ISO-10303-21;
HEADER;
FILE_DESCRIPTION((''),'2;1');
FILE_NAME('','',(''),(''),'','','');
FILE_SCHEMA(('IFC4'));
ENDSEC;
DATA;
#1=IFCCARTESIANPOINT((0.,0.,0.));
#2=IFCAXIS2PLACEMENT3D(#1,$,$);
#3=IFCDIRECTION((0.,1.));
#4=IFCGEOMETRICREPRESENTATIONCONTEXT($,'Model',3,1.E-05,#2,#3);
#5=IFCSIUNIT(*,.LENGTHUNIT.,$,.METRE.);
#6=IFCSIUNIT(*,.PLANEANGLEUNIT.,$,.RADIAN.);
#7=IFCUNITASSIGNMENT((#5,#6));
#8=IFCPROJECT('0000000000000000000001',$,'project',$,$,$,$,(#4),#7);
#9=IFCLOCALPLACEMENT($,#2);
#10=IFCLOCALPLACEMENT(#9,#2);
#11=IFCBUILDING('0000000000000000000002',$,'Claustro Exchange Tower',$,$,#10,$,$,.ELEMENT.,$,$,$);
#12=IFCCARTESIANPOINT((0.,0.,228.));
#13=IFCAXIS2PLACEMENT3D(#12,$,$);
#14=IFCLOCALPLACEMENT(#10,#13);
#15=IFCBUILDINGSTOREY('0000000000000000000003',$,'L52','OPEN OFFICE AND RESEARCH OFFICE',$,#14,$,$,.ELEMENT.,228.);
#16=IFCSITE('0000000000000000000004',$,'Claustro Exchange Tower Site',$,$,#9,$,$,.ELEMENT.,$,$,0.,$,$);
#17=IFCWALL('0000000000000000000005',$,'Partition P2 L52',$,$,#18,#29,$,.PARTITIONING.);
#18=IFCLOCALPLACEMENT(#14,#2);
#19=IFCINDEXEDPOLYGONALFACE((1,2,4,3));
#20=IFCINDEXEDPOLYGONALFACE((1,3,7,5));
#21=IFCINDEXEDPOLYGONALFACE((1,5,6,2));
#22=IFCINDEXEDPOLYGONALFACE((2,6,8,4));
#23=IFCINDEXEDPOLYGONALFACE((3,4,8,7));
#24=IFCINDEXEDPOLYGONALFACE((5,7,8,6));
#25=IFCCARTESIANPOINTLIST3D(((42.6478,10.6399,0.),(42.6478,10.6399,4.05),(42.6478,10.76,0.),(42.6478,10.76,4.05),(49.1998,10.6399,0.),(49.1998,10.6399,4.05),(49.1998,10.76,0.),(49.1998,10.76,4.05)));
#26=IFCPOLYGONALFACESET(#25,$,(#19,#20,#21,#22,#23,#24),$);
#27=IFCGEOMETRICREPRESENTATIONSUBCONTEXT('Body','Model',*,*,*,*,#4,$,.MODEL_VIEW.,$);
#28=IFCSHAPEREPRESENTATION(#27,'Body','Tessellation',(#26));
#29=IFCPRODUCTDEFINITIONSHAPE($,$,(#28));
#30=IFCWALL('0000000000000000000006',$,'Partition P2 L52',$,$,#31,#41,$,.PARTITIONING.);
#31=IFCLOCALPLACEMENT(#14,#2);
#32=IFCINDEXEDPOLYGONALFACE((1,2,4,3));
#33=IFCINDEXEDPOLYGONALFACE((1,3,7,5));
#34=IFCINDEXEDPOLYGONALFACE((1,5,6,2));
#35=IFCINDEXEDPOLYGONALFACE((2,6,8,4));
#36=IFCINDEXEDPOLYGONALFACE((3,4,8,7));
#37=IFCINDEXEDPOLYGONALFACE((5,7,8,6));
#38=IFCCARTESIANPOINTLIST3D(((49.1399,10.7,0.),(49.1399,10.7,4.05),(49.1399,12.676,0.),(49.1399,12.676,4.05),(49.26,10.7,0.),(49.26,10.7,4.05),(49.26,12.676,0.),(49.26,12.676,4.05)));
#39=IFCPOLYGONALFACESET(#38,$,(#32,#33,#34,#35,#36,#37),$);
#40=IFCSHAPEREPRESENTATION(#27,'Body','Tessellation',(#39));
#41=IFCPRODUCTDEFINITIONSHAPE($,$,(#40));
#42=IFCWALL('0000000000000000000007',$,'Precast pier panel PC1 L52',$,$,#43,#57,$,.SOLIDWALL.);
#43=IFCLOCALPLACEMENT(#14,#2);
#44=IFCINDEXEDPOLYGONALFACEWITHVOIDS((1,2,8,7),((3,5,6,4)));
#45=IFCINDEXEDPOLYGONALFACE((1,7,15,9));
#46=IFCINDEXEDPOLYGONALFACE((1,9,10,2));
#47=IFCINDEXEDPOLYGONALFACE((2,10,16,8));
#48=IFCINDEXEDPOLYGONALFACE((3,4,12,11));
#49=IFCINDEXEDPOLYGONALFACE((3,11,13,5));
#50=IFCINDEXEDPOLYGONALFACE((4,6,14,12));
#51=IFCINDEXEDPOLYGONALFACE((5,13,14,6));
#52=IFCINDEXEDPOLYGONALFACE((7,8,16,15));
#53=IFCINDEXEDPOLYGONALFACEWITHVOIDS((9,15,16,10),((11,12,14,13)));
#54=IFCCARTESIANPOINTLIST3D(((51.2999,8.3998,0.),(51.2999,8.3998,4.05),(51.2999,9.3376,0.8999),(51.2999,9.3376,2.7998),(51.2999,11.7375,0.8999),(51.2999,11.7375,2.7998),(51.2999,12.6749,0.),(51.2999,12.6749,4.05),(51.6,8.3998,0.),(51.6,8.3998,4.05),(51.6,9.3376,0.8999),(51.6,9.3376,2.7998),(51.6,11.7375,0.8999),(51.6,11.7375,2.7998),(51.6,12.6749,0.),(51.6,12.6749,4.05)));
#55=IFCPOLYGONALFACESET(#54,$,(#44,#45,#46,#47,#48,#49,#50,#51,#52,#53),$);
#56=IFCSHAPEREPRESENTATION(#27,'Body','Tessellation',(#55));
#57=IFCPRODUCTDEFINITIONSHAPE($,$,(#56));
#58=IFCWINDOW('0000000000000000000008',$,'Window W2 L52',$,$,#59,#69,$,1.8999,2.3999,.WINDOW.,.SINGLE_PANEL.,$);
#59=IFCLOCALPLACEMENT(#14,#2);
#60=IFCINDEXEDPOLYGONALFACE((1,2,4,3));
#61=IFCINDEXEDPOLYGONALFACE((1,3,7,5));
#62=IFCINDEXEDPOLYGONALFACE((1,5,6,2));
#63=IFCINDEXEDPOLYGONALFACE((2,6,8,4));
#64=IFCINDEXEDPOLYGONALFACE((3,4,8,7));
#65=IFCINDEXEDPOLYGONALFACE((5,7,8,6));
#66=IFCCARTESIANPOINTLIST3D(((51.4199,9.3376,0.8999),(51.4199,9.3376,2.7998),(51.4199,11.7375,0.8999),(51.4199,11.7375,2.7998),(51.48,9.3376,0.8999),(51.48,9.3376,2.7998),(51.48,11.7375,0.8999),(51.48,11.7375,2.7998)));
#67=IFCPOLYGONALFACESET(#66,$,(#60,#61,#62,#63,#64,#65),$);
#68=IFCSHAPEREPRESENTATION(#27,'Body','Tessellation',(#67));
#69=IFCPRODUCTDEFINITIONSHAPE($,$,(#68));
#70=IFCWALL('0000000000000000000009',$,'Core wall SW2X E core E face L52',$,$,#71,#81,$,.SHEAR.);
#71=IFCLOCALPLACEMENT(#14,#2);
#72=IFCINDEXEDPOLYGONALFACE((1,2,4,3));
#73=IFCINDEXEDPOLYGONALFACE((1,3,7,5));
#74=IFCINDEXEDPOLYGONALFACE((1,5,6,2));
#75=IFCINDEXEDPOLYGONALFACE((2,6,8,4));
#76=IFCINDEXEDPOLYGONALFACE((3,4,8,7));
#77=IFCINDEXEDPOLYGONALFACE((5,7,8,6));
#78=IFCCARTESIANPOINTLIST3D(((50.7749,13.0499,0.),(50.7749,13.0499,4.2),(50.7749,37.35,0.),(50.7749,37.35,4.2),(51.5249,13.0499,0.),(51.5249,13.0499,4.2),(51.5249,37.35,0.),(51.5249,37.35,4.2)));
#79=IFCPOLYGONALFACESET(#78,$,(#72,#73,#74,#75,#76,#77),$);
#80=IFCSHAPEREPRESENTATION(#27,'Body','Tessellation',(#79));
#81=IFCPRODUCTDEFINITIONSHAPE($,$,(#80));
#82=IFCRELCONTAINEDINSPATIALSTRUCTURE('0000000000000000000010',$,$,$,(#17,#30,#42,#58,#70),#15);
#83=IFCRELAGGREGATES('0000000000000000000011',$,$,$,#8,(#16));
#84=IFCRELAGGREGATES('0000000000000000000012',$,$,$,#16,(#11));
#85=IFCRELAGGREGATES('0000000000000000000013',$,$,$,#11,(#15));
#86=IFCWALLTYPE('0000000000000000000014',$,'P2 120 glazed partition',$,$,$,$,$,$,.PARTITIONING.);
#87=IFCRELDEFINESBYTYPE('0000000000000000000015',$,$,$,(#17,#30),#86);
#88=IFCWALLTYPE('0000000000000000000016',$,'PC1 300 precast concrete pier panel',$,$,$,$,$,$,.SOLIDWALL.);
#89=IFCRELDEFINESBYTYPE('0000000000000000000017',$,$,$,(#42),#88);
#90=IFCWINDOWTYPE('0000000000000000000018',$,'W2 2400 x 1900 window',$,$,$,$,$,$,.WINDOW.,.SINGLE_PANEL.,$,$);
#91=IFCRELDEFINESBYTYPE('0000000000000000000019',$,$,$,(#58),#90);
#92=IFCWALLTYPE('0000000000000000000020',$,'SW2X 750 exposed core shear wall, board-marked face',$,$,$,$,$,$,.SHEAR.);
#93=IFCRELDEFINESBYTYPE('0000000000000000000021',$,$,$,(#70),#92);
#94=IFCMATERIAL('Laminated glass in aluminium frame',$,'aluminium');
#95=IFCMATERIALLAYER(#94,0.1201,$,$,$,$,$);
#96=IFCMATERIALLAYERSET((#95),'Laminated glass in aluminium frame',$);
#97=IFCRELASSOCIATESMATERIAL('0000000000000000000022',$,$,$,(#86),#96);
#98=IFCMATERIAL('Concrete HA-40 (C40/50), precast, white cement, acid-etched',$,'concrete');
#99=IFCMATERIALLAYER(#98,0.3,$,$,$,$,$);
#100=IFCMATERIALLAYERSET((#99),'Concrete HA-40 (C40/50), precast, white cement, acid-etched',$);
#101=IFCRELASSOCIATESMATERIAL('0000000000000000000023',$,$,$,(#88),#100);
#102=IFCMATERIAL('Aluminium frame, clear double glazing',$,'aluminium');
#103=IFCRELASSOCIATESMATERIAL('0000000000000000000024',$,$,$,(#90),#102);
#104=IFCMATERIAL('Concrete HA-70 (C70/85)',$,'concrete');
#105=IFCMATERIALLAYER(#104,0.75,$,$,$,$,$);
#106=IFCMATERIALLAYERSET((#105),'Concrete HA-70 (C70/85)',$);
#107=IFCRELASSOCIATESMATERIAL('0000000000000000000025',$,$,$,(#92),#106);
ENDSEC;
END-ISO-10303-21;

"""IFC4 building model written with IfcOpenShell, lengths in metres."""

from ifc_helpers import new_model, si_unit, direction, frame, frame_2d, origin, place, context, subcontext, project, spatial, rectangle, extrude, material, layer, layer_set, type_object, element, fill, save


model = new_model("IFC4")

# Units and contexts
model_context = context("Model", 3, precision=1e-05, world=origin(), true_north=direction((0.0, 1.0)))
body_context = subcontext(model_context, "Body", "Model", "MODEL_VIEW")
ifc_project = project(units=[si_unit("LENGTHUNIT", "METRE"), si_unit("PLANEANGLEUNIT", "RADIAN")], contexts=[model_context])

# Site, building, storey
site_placement = place(None, origin())
site = spatial("IfcSite", under=ifc_project, at=site_placement, Name="Claustro Exchange Tower Site", CompositionType="ELEMENT", RefElevation=0.0)
building_placement = place(site_placement, origin())
building = spatial("IfcBuilding", under=site, at=building_placement, Name="Claustro Exchange Tower", CompositionType="ELEMENT")
storey_placement = place(building_placement, frame((0.0, 0.0, 228.0)))
storey = spatial("IfcBuildingStorey", under=building, at=storey_placement, Name="L52", Description="OPEN OFFICE AND RESEARCH OFFICE", CompositionType="ELEMENT", Elevation=228.0)

# Shared definitions
ifc_material_1 = material(Name="Laminated glass in aluminium frame", Category="aluminium")
ifc_layer_1 = layer(ifc_material_1, 0.1201)
ifc_layer_set_1 = layer_set([ifc_layer_1], Name="Laminated glass in aluminium frame")
wall_type_1 = type_object("IfcWallType", Name="P2 120 glazed partition", PredefinedType="PARTITIONING", material=ifc_layer_set_1)

# Walls
wall_1_placement = place(storey_placement, frame((42.6479, 10.7, 0.0), z_axis=(0.0, 0.0, 1.0), x_axis=(1.0, 0.0, 0.0)))
element("IfcWall", 1, at=wall_1_placement, inside=storey, type_object=wall_type_1, Name="Partition P2 L52", PredefinedType="PARTITIONING", context=body_context, shape_type="SweptSolid", body=[
    extrude(rectangle(XDim=6.552, YDim=0.1201, at=frame_2d((3.2759, 0.0))), origin(), (0.0, 0.0, 1.0), 4.05),
])
wall_2_placement = place(storey_placement, frame((49.2, 10.7, 0.0), z_axis=(0.0, 0.0, 1.0), x_axis=(0.0, 1.0, 0.0)))
element("IfcWall", 2, at=wall_2_placement, inside=storey, type_object=wall_type_1, Name="Partition P2 L52", PredefinedType="PARTITIONING", context=body_context, shape_type="SweptSolid", body=[
    extrude(rectangle(XDim=1.9761, YDim=0.1201, at=frame_2d((0.988, 0.0))), origin(), (0.0, 0.0, 1.0), 4.05),
])

# Wall, opening, window
ifc_material_2 = material(Name="Concrete HA-40 (C40/50), precast, white cement, acid-etched", Category="concrete")
ifc_layer_2 = layer(ifc_material_2, 0.3)
ifc_layer_set_2 = layer_set([ifc_layer_2], Name="Concrete HA-40 (C40/50), precast, white cement, acid-etched")
wall_type_2 = type_object("IfcWallType", Name="PC1 300 precast concrete pier panel", PredefinedType="SOLIDWALL", material=ifc_layer_set_2)
wall_3_placement = place(storey_placement, frame((51.45, 12.675, 0.0), z_axis=(0.0, 0.0, 1.0), x_axis=(0.0, -1.0, 0.0)))
wall_3 = element("IfcWall", 3, at=wall_3_placement, inside=storey, type_object=wall_type_2, Name="Precast pier panel PC1 L52", PredefinedType="SOLIDWALL", context=body_context, shape_type="SweptSolid", body=[
    extrude(rectangle(XDim=4.2751, YDim=0.3, at=frame_2d((2.1377, 0.0))), origin(), (0.0, 0.0, 1.0), 4.05),
])
opening_1_placement = place(wall_3_placement, frame((0.9375, 0.0, 0.8999)))
opening_1 = element("IfcOpeningElement", 4, at=opening_1_placement, cuts=wall_3, PredefinedType="OPENING", context=body_context, shape_type="SweptSolid", body=[
    extrude(rectangle(XDim=2.3999, YDim=1.8999, at=frame_2d((1.2, 0.95))), frame((0.0, 0.1599, 0.0), z_axis=(0.0, -1.0, 0.0), x_axis=(1.0, 0.0, 0.0)), (0.0, 0.0, 1.0), 0.3201),
])
ifc_material_3 = material(Name="Aluminium frame, clear double glazing", Category="aluminium")
window_type = type_object("IfcWindowType", Name="W2 2400 x 1900 window", PartitioningType="SINGLE_PANEL", PredefinedType="WINDOW", material=ifc_material_3)
window_placement = place(opening_1_placement, origin())
window = element("IfcWindow", 5, at=window_placement, inside=storey, type_object=window_type, Name="Window W2 L52", OverallHeight=1.8999, OverallWidth=2.3999, PartitioningType="SINGLE_PANEL", PredefinedType="WINDOW", context=body_context, shape_type="SweptSolid", body=[
    extrude(rectangle(XDim=2.3999, YDim=1.8999, at=frame_2d((1.2, 0.95))), frame((0.0, 0.03, 0.0), z_axis=(0.0, -1.0, 0.0), x_axis=(1.0, 0.0, 0.0)), (0.0, 0.0, 1.0), 0.0601),
])
fill(opening_1, window)

# Wall
ifc_material_4 = material(Name="Concrete HA-70 (C70/85)", Category="concrete")
ifc_layer_3 = layer(ifc_material_4, 0.75)
ifc_layer_set_3 = layer_set([ifc_layer_3], Name="Concrete HA-70 (C70/85)")
wall_type_3 = type_object("IfcWallType", Name="SW2X 750 exposed core shear wall, board-marked face", PredefinedType="SHEAR", material=ifc_layer_set_3)
wall_4_placement = place(storey_placement, frame((51.1499, 13.05, 0.0), z_axis=(0.0, 0.0, 1.0), x_axis=(0.0, 1.0, 0.0)))
element("IfcWall", 6, at=wall_4_placement, inside=storey, type_object=wall_type_3, Name="Core wall SW2X E core E face L52", PredefinedType="SHEAR", context=body_context, shape_type="SweptSolid", body=[
    extrude(rectangle(XDim=24.3, YDim=0.75, at=frame_2d((12.1499, 0.0))), origin(), (0.0, 0.0, 1.0), 4.2),
])

save(model, "model.ifc")
